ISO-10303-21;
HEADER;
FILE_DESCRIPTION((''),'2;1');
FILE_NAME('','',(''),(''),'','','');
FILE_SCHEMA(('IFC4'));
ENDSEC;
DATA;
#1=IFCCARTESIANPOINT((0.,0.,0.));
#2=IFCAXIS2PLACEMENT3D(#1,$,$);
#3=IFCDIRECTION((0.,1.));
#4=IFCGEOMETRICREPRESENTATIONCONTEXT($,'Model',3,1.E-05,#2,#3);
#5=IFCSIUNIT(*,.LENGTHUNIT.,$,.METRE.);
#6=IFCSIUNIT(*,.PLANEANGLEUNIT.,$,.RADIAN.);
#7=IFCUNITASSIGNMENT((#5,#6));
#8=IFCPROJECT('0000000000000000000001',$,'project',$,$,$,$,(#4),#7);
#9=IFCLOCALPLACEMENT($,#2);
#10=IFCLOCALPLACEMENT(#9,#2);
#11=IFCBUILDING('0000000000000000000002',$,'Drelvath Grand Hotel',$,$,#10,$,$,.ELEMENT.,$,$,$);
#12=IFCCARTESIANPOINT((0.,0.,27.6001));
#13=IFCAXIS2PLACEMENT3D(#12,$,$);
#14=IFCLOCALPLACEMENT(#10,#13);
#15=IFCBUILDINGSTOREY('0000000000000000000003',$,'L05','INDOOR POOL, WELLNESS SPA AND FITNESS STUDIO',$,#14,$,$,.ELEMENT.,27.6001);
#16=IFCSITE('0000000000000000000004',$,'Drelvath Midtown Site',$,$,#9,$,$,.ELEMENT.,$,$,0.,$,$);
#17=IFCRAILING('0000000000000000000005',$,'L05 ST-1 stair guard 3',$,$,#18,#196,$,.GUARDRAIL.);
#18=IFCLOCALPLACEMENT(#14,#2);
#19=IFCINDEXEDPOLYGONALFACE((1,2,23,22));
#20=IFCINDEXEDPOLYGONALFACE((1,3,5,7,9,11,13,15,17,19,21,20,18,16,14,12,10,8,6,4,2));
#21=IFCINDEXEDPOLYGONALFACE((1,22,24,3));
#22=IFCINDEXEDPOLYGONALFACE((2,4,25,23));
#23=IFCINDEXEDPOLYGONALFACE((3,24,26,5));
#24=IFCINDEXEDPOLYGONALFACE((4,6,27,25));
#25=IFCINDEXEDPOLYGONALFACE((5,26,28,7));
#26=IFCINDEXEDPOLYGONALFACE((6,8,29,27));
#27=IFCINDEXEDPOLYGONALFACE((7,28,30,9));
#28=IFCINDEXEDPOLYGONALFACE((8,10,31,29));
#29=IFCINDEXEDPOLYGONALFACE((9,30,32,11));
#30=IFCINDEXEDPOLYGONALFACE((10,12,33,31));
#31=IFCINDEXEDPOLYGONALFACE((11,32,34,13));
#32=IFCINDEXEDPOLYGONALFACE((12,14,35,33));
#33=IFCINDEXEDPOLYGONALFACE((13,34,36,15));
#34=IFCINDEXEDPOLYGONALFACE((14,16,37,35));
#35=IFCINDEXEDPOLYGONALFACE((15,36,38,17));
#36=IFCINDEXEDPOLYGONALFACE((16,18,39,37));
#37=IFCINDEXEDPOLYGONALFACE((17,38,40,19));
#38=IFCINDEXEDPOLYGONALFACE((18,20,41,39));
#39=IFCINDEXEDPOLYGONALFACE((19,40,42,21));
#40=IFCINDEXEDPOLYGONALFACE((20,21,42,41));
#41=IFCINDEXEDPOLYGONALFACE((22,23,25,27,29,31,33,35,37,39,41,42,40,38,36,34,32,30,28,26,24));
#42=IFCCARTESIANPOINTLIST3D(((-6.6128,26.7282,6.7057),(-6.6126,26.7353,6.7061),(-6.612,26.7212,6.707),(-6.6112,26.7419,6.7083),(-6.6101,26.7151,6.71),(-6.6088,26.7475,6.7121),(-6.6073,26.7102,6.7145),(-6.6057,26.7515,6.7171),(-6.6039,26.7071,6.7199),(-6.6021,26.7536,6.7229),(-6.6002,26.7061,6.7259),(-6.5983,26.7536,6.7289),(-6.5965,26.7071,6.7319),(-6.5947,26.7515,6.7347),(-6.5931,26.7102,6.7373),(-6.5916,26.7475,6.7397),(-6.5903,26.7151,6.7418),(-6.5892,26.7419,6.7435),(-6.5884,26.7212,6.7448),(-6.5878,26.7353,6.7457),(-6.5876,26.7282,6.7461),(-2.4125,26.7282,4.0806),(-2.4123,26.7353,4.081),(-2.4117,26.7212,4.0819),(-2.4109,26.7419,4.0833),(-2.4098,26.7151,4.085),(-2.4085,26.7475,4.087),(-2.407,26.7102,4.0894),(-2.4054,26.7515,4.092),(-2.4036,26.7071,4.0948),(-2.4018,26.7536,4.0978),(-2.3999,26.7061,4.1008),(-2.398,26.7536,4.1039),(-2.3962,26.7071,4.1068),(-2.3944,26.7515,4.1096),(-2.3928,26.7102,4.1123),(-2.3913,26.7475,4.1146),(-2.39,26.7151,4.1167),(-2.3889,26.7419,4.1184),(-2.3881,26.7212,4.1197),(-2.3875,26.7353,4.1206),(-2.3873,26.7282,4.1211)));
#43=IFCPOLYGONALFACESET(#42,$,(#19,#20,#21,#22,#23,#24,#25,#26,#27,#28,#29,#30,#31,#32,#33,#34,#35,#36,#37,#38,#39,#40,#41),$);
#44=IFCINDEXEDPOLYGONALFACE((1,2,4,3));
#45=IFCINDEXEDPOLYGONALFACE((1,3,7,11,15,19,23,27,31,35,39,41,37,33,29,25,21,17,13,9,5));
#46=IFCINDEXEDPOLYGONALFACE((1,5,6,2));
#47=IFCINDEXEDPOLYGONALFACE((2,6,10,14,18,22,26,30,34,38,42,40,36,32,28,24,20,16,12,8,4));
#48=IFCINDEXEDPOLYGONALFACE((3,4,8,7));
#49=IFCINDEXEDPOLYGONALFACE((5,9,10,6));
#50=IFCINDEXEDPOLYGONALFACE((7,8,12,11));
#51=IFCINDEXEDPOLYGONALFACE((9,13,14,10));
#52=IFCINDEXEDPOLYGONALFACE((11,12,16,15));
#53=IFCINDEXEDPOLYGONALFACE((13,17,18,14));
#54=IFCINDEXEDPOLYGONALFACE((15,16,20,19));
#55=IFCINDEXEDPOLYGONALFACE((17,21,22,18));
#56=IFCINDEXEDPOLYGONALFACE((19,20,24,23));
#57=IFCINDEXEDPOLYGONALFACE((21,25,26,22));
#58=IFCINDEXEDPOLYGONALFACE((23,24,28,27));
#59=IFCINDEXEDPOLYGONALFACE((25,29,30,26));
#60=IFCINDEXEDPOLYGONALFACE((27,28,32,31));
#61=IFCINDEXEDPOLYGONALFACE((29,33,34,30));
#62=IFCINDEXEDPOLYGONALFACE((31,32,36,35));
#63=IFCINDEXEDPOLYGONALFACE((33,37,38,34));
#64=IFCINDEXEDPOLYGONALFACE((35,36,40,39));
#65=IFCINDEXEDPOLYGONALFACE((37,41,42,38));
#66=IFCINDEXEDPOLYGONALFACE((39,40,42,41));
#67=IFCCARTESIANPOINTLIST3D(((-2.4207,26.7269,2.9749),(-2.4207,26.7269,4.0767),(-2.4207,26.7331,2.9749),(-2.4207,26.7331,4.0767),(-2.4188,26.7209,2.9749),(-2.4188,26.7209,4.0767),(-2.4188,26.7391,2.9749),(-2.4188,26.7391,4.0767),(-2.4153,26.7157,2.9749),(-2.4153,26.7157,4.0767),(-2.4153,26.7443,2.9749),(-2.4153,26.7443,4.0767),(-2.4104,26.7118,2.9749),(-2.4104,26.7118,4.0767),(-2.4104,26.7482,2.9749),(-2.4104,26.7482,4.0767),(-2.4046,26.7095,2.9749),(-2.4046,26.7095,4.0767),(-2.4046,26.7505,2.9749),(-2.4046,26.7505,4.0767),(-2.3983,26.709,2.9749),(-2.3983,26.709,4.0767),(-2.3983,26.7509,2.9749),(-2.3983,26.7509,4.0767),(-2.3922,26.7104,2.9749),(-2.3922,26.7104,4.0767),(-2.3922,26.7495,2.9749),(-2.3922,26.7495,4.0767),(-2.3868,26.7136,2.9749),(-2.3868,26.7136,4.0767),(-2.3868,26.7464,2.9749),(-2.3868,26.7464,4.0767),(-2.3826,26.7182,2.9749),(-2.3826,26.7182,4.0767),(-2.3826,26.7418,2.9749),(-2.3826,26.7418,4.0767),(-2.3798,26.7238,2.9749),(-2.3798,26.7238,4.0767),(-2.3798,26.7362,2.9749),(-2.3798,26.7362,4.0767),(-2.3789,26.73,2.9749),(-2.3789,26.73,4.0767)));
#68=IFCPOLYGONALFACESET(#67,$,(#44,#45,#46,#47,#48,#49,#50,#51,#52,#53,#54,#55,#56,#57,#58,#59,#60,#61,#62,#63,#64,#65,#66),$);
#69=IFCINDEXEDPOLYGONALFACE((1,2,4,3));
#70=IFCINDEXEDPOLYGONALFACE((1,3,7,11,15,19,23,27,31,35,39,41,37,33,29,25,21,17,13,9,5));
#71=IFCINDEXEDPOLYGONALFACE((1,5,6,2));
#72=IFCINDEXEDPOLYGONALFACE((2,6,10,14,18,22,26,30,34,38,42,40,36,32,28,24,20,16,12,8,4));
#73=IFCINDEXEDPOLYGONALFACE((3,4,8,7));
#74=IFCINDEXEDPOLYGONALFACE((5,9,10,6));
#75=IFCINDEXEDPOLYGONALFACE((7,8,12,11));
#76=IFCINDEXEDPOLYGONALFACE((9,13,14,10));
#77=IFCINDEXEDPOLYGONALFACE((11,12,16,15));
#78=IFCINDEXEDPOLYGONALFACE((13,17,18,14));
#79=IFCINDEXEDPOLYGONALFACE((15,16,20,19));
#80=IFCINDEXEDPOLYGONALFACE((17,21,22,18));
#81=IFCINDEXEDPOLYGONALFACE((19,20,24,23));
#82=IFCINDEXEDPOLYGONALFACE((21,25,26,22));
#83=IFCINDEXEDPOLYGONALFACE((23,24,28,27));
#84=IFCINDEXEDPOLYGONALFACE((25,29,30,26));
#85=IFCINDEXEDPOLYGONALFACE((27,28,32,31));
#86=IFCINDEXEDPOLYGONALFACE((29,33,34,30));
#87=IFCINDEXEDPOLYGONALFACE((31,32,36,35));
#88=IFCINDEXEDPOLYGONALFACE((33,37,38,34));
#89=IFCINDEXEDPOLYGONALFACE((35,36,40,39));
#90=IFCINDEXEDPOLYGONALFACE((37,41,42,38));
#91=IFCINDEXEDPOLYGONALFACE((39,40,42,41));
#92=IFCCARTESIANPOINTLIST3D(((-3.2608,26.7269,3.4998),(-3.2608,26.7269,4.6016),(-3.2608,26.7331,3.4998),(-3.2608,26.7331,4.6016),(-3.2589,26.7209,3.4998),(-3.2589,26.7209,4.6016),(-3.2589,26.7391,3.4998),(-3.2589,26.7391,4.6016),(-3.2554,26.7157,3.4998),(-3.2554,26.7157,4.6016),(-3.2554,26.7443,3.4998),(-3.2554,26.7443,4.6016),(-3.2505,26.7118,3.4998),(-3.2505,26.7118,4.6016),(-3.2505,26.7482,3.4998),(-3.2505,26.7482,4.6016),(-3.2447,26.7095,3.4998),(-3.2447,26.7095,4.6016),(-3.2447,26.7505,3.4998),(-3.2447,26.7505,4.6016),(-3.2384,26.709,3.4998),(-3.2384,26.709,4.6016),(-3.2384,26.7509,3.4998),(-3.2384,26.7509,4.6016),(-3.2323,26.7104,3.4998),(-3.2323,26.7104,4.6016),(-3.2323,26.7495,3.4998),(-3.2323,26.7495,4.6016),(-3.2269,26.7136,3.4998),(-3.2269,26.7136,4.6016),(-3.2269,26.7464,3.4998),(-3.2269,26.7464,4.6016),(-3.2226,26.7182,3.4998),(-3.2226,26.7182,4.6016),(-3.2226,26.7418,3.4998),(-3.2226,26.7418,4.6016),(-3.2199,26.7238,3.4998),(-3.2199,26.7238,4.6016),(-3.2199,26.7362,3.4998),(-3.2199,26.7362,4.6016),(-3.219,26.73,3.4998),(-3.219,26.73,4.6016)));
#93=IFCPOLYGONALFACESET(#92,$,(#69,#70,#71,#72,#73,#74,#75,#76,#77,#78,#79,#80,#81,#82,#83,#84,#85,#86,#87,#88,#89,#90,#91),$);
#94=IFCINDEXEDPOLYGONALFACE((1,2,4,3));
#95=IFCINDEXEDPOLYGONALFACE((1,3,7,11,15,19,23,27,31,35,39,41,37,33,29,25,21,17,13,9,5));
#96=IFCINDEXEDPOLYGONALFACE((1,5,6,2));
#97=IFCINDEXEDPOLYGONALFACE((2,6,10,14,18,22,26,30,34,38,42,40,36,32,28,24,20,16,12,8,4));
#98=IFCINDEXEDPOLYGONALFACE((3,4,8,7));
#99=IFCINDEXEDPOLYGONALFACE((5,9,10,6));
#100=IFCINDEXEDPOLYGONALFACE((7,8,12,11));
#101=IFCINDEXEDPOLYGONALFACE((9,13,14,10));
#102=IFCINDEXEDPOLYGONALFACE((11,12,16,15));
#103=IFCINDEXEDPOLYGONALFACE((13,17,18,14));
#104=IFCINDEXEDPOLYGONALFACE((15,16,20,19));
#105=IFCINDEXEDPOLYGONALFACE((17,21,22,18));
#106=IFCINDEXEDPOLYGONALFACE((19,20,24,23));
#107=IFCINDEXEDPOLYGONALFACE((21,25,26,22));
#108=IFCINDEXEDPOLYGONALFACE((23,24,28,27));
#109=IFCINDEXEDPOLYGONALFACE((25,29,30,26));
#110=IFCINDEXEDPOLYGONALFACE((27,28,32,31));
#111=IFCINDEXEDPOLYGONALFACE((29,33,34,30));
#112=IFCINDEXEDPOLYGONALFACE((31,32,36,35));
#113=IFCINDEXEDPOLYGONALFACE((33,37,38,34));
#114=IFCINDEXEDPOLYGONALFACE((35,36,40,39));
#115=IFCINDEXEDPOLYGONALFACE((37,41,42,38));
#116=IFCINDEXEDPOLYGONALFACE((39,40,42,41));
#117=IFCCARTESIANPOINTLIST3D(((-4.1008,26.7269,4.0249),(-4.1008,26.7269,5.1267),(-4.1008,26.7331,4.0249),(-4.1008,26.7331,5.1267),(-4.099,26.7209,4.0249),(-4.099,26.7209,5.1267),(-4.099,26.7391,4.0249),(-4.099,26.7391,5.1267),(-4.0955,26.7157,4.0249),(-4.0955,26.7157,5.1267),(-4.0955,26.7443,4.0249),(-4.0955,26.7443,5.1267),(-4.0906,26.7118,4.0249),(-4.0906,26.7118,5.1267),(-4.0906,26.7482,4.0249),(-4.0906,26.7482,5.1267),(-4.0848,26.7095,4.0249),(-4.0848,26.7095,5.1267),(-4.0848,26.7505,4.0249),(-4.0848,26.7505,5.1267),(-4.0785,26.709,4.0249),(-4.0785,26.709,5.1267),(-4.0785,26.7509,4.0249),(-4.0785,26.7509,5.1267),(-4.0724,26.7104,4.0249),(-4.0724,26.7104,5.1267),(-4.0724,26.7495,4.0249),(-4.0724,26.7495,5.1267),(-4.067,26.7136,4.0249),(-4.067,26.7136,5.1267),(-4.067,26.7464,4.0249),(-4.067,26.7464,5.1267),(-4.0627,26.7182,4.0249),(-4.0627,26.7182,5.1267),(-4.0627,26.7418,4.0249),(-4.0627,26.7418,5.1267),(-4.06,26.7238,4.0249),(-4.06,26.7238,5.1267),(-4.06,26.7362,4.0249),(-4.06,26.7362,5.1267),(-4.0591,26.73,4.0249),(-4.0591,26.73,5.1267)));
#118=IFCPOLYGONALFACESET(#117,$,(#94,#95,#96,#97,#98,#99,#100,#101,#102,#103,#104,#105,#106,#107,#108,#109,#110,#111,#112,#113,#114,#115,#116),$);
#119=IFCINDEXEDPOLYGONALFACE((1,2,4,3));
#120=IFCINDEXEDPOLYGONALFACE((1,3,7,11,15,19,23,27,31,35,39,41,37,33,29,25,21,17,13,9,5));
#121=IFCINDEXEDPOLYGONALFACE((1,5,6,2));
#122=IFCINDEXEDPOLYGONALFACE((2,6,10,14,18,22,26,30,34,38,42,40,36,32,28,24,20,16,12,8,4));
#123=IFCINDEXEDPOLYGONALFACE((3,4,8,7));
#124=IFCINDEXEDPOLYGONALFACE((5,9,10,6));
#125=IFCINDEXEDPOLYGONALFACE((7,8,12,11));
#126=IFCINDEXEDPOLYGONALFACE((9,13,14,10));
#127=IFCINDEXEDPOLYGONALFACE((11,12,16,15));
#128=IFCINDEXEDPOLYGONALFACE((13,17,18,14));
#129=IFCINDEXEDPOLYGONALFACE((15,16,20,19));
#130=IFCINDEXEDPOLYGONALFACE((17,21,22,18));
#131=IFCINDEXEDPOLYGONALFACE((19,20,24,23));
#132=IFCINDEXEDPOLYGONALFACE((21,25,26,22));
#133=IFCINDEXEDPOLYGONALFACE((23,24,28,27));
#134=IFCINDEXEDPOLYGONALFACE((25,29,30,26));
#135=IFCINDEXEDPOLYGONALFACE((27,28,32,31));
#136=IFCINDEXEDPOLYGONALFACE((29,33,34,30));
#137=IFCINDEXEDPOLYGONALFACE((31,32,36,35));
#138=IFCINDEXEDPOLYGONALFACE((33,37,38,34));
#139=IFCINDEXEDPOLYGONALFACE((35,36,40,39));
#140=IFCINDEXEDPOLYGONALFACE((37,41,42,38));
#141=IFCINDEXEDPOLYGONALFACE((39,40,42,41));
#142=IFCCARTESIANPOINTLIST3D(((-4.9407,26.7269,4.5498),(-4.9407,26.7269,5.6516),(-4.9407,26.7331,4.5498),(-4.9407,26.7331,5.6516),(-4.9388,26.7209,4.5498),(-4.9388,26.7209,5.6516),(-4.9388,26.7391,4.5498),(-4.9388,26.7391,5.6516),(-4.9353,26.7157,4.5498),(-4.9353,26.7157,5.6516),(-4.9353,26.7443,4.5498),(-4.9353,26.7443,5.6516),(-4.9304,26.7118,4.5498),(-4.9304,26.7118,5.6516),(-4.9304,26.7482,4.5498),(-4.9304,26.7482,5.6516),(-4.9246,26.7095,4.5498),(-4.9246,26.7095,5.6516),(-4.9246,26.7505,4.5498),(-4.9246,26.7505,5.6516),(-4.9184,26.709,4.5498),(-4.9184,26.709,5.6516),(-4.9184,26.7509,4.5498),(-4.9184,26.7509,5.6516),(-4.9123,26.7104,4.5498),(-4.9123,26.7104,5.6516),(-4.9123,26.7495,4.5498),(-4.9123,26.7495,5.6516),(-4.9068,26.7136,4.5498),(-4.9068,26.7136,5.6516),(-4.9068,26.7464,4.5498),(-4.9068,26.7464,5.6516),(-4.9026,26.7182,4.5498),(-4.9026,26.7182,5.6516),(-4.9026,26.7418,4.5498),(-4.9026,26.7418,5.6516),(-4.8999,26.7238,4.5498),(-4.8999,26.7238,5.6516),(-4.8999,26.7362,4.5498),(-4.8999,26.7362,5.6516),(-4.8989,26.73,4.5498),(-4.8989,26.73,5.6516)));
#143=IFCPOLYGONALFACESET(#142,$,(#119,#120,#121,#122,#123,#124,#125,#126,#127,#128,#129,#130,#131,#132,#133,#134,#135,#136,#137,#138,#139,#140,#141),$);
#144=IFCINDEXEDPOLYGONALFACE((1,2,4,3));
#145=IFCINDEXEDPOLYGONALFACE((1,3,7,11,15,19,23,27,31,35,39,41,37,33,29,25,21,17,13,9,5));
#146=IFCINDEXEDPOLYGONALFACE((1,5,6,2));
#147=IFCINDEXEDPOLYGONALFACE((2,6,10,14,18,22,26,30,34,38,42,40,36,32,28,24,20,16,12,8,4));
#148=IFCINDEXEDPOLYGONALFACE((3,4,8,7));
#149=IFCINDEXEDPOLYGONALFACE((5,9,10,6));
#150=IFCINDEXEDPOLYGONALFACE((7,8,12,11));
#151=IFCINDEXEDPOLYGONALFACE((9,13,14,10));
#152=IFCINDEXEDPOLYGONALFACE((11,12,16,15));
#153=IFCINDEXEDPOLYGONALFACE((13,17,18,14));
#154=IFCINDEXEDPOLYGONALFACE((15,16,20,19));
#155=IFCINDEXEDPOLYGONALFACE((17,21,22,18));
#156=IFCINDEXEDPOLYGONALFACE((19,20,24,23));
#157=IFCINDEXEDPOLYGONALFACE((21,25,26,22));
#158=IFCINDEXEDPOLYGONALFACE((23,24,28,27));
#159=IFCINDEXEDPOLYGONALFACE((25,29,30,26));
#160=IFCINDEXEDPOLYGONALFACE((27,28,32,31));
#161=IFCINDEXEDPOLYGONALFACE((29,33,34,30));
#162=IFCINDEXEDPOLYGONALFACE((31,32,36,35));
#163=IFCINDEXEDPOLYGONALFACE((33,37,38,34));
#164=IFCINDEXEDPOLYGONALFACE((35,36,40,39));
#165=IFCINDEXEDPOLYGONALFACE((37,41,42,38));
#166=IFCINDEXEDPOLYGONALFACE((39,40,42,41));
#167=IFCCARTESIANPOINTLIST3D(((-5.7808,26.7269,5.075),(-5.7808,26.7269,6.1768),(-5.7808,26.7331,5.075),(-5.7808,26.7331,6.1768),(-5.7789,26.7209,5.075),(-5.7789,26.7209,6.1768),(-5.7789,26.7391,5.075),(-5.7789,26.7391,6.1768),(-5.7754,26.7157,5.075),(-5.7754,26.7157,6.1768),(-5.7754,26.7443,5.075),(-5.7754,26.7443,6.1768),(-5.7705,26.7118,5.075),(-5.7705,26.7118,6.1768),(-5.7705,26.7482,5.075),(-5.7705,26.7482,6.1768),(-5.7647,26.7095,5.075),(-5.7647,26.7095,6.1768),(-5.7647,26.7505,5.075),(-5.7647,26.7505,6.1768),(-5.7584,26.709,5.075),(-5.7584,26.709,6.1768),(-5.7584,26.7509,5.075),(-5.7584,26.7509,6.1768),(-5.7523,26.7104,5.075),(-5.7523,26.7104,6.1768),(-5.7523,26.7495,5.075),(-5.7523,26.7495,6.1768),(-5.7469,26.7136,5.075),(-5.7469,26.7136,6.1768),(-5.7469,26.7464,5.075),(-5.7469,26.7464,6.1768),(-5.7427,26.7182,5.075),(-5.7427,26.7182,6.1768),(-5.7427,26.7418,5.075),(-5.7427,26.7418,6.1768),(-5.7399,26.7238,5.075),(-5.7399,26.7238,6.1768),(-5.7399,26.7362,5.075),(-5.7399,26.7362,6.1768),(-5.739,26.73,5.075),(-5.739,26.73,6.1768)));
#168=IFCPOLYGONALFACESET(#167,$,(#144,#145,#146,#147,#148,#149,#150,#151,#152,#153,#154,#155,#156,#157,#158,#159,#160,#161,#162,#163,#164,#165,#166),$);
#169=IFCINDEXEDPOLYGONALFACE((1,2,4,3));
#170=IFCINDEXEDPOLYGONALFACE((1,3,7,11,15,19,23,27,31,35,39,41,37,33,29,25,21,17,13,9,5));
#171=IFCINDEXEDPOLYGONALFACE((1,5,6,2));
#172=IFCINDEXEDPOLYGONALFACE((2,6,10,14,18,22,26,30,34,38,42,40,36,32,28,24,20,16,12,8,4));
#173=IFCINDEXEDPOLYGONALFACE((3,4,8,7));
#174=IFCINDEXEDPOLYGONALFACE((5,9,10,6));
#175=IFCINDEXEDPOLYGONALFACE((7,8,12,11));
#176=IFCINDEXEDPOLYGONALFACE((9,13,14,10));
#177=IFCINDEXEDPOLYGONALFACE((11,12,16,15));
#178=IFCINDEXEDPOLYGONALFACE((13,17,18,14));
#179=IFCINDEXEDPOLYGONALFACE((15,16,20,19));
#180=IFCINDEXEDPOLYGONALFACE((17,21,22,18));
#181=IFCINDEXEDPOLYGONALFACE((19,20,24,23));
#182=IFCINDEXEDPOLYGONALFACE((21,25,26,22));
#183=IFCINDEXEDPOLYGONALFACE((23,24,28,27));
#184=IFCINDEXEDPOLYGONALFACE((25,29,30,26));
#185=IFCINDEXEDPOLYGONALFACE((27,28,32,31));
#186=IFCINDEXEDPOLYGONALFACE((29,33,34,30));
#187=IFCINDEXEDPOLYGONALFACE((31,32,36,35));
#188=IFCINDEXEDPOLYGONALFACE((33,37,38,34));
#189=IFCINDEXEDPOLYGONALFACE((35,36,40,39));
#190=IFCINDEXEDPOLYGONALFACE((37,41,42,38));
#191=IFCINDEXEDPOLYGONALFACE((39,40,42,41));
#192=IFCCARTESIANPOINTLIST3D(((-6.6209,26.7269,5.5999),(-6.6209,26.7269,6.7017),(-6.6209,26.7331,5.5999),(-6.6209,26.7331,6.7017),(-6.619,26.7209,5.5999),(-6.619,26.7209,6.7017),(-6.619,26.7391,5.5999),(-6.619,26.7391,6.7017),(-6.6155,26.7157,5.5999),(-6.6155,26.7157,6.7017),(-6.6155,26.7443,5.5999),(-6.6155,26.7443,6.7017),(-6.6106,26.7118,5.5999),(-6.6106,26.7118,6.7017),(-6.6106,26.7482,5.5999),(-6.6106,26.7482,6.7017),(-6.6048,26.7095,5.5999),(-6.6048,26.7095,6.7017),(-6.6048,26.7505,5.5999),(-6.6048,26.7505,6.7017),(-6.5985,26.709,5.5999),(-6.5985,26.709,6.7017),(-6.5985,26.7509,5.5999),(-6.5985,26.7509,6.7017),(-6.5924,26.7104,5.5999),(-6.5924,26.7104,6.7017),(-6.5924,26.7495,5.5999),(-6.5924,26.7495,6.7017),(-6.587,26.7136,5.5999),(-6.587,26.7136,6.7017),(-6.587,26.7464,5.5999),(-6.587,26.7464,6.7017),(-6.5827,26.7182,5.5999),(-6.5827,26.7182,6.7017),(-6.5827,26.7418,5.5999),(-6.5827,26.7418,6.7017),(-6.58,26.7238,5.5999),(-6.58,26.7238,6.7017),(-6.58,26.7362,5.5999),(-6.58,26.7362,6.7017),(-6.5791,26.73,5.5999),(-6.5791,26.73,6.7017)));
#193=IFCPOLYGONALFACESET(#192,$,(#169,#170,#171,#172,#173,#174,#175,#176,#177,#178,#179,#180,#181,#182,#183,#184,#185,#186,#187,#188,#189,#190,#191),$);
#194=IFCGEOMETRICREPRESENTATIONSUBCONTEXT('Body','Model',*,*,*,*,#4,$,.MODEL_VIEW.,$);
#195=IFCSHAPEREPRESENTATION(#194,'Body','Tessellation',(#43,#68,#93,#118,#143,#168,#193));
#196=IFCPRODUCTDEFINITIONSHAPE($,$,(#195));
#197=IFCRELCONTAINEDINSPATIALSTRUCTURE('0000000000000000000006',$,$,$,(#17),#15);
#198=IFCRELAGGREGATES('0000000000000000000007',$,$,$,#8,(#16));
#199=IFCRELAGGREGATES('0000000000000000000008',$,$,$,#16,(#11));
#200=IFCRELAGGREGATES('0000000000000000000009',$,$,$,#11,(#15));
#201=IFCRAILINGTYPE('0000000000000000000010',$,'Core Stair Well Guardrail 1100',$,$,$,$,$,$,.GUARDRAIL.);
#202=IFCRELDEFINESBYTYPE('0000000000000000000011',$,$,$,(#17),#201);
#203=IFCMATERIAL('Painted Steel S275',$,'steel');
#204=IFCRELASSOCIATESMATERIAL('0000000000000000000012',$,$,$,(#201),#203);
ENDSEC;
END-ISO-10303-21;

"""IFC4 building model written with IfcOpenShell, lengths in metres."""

from ifc_helpers import new_model, si_unit, direction, frame, origin, origin_2d, place, context, subcontext, project, spatial, circle, extrude, material, type_object, element, save


model = new_model("IFC4")

# Units and contexts
model_context = context("Model", 3, precision=1e-05, world=origin(), true_north=direction((0.0, 1.0)))
body_context = subcontext(model_context, "Body", "Model", "MODEL_VIEW")
ifc_project = project(units=[si_unit("LENGTHUNIT", "METRE"), si_unit("PLANEANGLEUNIT", "RADIAN")], contexts=[model_context])

# Site, building, storey
site_placement = place(None, origin())
site = spatial("IfcSite", under=ifc_project, at=site_placement, Name="Drelvath Midtown Site", CompositionType="ELEMENT", RefElevation=0.0)
building_placement = place(site_placement, origin())
building = spatial("IfcBuilding", under=site, at=building_placement, Name="Drelvath Grand Hotel", CompositionType="ELEMENT")
storey_placement = place(building_placement, frame((0.0, 0.0, 27.6001)))
storey = spatial("IfcBuildingStorey", under=building, at=storey_placement, Name="L05", Description="INDOOR POOL, WELLNESS SPA AND FITNESS STUDIO", CompositionType="ELEMENT", Elevation=27.6001)

# Shared definitions
ifc_material_1 = material(Name="Painted Steel S275", Category="steel")

# Railing
railing_type_1 = type_object("IfcRailingType", Name="Core Stair Well Guardrail 1100", PredefinedType="GUARDRAIL", material=ifc_material_1)
railing_1_placement = place(storey_placement, frame((-2.3999, 26.73, 2.9749)))
element("IfcRailing", 1, at=railing_1_placement, inside=storey, type_object=railing_type_1, Name="L05 ST-1 stair guard 3", PredefinedType="GUARDRAIL", context=body_context, shape_type="SweptSolid", body=[
    extrude(circle(Radius=0.0239, at=origin_2d()), frame((0.0, 0.0, 1.126), z_axis=(-0.848009, 0.0, 0.529981), x_axis=(0.0, -1.0, 0.0)), (0.0, 0.0, 1.0), 4.9531),
    extrude(circle(Radius=0.021, at=origin_2d()), origin(), (0.0, 0.0, 1.0), 1.1018),
    extrude(circle(Radius=0.021, at=origin_2d()), frame((-0.8401, 0.0, 0.5249)), (0.0, 0.0, 1.0), 1.1018),
    extrude(circle(Radius=0.021, at=origin_2d()), frame((-1.6802, 0.0, 1.05)), (0.0, 0.0, 1.0), 1.1018),
    extrude(circle(Radius=0.021, at=origin_2d()), frame((-2.52, 0.0, 1.575)), (0.0, 0.0, 1.0), 1.1018),
    extrude(circle(Radius=0.021, at=origin_2d()), frame((-3.3601, 0.0, 2.1001)), (0.0, 0.0, 1.0), 1.1018),
    extrude(circle(Radius=0.021, at=origin_2d()), frame((-4.2002, 0.0, 2.625)), (0.0, 0.0, 1.0), 1.1018),
])

save(model, "model.ifc")
